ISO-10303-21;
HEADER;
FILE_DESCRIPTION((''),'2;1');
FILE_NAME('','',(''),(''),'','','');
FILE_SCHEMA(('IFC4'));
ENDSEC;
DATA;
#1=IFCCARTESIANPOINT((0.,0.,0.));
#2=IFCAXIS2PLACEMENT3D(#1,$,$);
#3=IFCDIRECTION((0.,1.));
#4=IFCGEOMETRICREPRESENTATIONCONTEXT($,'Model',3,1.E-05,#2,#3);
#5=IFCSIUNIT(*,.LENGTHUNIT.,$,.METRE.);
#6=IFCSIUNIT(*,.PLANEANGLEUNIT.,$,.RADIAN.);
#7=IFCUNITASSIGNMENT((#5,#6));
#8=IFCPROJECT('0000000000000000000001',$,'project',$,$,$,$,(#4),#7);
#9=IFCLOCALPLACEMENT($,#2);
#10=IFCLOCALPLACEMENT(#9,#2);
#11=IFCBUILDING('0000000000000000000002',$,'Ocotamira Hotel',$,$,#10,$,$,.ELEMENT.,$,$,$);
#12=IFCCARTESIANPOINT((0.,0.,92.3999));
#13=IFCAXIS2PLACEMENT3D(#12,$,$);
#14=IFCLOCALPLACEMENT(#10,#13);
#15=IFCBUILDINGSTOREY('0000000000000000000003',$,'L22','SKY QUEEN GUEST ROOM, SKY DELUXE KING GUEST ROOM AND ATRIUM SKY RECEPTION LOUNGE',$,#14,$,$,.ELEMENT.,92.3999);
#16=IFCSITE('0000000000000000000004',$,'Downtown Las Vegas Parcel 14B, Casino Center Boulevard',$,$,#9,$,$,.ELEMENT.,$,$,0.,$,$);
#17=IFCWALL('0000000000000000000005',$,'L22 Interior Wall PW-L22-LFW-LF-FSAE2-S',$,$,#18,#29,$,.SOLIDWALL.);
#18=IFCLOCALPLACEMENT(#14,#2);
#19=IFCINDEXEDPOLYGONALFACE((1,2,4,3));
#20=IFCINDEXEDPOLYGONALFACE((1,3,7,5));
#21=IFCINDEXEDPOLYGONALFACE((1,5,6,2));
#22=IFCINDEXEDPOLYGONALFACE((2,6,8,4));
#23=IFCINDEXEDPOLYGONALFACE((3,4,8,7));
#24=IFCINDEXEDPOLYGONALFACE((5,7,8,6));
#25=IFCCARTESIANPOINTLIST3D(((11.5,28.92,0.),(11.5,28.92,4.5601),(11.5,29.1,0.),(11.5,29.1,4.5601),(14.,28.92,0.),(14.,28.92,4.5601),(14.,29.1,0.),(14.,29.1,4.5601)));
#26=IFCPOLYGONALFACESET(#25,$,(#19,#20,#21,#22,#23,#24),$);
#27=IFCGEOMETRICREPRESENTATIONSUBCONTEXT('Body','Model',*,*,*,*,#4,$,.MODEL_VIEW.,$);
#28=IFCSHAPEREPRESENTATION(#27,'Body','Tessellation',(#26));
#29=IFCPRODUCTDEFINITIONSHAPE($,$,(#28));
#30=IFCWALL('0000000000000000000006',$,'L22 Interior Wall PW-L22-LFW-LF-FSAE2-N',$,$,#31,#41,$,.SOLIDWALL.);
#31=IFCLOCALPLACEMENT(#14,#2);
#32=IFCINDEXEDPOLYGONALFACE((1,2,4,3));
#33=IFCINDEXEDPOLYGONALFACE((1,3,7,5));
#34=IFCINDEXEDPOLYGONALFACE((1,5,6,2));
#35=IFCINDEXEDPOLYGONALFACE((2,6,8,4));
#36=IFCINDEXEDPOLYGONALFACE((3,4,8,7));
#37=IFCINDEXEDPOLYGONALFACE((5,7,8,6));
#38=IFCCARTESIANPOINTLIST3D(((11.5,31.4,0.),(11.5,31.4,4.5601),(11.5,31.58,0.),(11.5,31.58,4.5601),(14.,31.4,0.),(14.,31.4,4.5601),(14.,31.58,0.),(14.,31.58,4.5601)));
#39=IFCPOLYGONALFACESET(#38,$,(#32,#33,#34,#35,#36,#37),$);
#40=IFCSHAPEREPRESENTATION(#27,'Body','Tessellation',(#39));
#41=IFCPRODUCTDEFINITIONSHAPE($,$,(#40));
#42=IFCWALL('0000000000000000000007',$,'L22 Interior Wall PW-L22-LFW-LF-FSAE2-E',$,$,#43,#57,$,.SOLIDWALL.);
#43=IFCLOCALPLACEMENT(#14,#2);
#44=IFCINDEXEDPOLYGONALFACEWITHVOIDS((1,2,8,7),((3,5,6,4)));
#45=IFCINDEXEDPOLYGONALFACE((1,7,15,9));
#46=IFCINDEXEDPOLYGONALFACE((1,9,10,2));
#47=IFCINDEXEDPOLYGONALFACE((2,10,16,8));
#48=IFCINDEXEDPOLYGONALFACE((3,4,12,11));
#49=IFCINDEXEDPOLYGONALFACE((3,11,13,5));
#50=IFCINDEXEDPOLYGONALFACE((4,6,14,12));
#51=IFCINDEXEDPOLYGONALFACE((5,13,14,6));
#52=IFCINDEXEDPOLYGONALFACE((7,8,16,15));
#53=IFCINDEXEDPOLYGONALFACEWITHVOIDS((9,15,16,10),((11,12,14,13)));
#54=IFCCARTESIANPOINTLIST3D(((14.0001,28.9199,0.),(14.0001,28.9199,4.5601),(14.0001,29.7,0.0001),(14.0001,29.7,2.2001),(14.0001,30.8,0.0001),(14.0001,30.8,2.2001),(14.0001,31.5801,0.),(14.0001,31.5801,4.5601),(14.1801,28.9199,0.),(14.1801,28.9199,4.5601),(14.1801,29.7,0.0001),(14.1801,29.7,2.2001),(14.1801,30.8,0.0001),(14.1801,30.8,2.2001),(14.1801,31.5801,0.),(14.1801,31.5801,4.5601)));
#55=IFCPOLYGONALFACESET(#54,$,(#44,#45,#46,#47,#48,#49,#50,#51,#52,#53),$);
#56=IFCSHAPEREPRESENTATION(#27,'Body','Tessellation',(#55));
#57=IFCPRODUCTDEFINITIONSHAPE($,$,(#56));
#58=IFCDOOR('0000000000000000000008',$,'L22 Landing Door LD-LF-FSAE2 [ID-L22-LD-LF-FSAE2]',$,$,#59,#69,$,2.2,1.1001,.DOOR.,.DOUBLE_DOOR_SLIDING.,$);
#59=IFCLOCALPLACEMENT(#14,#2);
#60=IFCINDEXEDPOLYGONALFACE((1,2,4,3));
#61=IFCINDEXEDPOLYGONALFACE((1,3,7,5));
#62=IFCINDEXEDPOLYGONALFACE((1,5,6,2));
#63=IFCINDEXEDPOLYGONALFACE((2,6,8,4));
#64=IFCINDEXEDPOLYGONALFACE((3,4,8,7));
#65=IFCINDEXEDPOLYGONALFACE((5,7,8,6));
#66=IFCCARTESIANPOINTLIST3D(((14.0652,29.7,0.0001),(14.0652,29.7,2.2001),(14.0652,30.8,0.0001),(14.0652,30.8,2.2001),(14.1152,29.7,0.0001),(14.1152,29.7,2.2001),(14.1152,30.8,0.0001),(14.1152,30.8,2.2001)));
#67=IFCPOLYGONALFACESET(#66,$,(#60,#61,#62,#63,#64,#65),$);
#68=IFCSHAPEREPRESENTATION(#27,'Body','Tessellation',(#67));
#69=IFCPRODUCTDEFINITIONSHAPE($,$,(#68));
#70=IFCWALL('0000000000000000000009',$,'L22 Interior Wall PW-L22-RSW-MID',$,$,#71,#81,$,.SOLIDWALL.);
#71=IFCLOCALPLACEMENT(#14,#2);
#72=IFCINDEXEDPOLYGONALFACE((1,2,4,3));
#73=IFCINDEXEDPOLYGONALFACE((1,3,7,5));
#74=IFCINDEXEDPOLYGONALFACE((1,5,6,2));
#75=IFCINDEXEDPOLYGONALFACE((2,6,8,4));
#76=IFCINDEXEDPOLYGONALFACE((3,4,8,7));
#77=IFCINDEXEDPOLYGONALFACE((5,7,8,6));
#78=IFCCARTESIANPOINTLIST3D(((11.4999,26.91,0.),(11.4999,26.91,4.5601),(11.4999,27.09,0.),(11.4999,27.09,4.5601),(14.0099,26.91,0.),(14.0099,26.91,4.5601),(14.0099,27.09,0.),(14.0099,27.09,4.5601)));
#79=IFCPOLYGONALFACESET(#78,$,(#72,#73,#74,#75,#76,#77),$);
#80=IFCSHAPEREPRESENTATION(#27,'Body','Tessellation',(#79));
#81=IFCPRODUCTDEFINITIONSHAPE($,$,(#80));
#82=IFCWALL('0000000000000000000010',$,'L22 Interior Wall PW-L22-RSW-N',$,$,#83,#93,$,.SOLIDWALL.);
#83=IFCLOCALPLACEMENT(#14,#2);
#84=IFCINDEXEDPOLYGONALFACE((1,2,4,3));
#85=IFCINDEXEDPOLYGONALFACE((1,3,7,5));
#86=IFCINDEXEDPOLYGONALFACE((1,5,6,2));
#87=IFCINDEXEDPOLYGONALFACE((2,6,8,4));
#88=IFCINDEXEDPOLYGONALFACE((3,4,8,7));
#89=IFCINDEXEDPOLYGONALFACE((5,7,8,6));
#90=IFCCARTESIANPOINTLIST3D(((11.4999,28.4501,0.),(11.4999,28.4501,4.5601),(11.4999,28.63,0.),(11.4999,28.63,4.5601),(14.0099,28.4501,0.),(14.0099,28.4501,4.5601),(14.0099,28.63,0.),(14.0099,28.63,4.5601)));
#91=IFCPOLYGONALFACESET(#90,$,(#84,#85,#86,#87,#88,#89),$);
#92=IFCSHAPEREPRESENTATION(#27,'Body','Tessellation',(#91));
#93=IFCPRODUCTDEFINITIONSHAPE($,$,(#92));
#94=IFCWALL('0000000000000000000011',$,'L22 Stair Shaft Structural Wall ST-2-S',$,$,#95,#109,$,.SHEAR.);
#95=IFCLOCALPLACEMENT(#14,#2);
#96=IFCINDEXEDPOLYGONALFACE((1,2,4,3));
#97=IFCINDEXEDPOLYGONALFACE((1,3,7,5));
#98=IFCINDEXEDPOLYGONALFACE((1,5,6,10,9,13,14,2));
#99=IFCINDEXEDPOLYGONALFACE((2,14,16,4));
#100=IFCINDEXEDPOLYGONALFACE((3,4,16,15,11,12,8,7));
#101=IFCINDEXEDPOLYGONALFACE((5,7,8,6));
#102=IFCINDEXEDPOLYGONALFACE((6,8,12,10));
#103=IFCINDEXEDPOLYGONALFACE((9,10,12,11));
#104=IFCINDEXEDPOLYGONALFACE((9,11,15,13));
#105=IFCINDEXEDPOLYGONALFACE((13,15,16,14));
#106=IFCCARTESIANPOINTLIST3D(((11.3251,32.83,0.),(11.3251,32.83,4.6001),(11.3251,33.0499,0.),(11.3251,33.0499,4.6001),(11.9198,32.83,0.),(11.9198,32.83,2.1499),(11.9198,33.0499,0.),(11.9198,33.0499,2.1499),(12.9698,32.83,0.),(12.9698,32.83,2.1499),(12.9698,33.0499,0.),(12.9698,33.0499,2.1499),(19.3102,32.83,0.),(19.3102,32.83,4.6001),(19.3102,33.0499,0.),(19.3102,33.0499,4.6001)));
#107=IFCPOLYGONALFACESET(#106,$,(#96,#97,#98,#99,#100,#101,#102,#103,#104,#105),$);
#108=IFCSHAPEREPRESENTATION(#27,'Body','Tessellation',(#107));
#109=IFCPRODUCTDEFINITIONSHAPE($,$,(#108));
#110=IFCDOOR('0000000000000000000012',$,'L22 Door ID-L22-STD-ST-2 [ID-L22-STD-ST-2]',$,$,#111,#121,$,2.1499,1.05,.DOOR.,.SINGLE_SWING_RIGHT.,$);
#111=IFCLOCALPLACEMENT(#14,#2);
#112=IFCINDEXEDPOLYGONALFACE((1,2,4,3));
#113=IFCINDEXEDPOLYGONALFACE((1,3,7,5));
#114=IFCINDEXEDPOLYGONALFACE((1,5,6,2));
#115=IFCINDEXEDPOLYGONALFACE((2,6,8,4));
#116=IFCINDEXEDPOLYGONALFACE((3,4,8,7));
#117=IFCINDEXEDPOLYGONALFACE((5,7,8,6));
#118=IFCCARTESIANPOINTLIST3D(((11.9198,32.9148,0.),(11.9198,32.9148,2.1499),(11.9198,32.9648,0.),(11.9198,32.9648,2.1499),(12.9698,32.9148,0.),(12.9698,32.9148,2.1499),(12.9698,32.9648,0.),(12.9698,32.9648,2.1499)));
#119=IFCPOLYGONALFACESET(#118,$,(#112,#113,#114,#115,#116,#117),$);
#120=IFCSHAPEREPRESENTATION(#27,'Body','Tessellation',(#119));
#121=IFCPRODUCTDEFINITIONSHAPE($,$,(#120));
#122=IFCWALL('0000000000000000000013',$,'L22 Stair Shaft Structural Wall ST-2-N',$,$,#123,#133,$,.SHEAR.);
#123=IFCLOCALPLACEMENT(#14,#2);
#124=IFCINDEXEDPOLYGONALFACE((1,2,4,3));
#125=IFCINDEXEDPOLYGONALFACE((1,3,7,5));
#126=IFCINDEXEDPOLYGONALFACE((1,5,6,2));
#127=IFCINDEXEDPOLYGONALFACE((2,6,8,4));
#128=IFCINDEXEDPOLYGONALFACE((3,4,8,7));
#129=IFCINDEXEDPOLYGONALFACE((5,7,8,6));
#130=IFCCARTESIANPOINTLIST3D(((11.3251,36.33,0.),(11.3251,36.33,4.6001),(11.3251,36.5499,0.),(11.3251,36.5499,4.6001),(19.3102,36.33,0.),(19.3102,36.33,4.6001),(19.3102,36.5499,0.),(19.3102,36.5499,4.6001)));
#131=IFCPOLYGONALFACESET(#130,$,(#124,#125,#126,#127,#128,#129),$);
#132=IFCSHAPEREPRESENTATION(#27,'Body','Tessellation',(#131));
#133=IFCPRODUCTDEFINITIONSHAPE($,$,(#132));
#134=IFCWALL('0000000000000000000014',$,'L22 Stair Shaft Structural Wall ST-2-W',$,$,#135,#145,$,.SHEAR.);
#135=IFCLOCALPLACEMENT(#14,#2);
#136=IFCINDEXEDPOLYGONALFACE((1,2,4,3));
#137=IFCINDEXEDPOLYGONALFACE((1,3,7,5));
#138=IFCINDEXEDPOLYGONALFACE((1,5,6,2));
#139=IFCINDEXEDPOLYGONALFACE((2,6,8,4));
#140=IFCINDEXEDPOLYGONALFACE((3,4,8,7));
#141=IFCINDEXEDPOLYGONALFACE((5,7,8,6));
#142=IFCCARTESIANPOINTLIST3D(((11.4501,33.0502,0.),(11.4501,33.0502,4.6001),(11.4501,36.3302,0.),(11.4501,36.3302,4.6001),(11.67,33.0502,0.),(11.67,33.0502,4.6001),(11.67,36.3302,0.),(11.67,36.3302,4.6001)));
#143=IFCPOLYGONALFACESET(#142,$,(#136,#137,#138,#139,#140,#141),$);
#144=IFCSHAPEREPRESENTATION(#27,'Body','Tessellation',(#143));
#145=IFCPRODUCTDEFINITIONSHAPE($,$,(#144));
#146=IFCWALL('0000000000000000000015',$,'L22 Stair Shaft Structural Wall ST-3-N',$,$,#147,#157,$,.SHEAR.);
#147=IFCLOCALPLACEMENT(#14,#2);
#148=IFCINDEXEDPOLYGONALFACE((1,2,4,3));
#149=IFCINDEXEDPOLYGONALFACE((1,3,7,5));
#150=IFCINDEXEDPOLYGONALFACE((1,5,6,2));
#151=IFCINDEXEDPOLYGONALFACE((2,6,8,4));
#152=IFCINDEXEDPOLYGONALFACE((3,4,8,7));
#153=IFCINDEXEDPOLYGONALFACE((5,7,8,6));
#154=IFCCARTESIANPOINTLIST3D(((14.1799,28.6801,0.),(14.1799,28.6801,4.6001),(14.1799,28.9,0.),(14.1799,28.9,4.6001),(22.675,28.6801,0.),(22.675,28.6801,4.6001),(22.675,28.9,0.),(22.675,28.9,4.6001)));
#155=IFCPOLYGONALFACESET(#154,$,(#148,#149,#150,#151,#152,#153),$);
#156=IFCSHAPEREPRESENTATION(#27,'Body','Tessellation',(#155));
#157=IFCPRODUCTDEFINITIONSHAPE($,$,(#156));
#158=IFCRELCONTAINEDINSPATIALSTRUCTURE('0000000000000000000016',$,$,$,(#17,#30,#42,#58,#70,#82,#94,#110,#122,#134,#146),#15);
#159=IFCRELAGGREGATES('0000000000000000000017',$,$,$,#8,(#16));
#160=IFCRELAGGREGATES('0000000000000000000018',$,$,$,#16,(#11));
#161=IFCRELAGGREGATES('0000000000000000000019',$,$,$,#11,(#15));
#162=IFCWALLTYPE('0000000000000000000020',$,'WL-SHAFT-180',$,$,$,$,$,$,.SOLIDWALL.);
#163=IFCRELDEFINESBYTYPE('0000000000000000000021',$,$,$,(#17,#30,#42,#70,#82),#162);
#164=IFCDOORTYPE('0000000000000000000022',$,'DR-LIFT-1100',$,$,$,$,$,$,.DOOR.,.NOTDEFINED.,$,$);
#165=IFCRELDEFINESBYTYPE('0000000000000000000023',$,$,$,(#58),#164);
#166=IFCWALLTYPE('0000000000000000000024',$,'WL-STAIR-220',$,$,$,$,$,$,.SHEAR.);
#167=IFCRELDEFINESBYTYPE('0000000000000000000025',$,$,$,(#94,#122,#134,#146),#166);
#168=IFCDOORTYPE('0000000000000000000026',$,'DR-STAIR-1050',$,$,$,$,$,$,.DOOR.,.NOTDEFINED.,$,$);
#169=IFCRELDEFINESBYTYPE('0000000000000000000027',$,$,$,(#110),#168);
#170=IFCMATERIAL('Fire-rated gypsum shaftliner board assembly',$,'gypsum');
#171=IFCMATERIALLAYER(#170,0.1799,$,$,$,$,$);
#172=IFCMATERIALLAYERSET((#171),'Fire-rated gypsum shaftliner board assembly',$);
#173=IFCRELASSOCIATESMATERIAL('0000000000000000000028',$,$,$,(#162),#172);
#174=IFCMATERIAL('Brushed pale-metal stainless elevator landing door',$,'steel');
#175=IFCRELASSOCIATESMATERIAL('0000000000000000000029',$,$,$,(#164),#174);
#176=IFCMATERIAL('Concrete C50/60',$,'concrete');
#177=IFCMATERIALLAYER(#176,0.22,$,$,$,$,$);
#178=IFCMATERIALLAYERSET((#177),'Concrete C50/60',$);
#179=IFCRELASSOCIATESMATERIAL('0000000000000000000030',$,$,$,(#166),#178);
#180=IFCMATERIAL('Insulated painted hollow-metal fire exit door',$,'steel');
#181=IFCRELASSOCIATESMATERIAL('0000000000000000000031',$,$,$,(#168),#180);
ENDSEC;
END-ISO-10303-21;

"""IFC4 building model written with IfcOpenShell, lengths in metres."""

from ifc_helpers import new_model, si_unit, direction, frame, frame_2d, origin, place, context, subcontext, project, spatial, rectangle, extrude, source, transform, mapped, material, layer, layer_set, type_object, element, fill, save


model = new_model("IFC4")

# Units and contexts
model_context = context("Model", 3, precision=1e-05, world=origin(), true_north=direction((0.0, 1.0)))
body_context = subcontext(model_context, "Body", "Model", "MODEL_VIEW")
ifc_project = project(units=[si_unit("LENGTHUNIT", "METRE"), si_unit("PLANEANGLEUNIT", "RADIAN")], contexts=[model_context])

# Site, building, storey
site_placement = place(None, origin())
site = spatial("IfcSite", under=ifc_project, at=site_placement, Name="Downtown Las Vegas Parcel 14B, Casino Center Boulevard", CompositionType="ELEMENT", RefElevation=0.0)
building_placement = place(site_placement, origin())
building = spatial("IfcBuilding", under=site, at=building_placement, Name="Ocotamira Hotel", CompositionType="ELEMENT")
storey_placement = place(building_placement, frame((0.0, 0.0, 92.3999)))
storey = spatial("IfcBuildingStorey", under=building, at=storey_placement, Name="L22", Description="SKY QUEEN GUEST ROOM, SKY DELUXE KING GUEST ROOM AND ATRIUM SKY RECEPTION LOUNGE", CompositionType="ELEMENT", Elevation=92.3999)

# Walls
ifc_material_1 = material(Name="Fire-rated gypsum shaftliner board assembly", Category="gypsum")
ifc_layer_1 = layer(ifc_material_1, 0.1799)
ifc_layer_set_1 = layer_set([ifc_layer_1], Name="Fire-rated gypsum shaftliner board assembly")
wall_type_1 = type_object("IfcWallType", Name="WL-SHAFT-180", PredefinedType="SOLIDWALL", material=ifc_layer_set_1)
for number, where, z_axis, x_axis, name in (
    (1, (11.5, 29.01, 0.0), (0.0, 0.0, 1.0), (1.0, 0.0, 0.0), "L22 Interior Wall PW-L22-LFW-LF-FSAE2-S"),
    (2, (11.5, 31.49, 0.0), (0.0, 0.0, 1.0), (1.0, 0.0, 0.0), "L22 Interior Wall PW-L22-LFW-LF-FSAE2-N"),
):
    element("IfcWall", number, at=place(storey_placement, frame(where, z_axis=z_axis, x_axis=x_axis)), inside=storey, type_object=wall_type_1, Name=name, PredefinedType="SOLIDWALL", context=body_context, shape_type="SweptSolid", body=[
        extrude(rectangle(XDim=2.5, YDim=0.1799, at=frame_2d((1.25, 0.0))), origin(), (0.0, 0.0, 1.0), 4.5601),
    ])

# Wall, opening, door
wall_1_placement = place(storey_placement, frame((14.0901, 28.9199, 0.0), z_axis=(0.0, 0.0, 1.0), x_axis=(0.0, 1.0, 0.0)))
wall_1 = element("IfcWall", 3, at=wall_1_placement, inside=storey, type_object=wall_type_1, Name="L22 Interior Wall PW-L22-LFW-LF-FSAE2-E", PredefinedType="SOLIDWALL", context=body_context, shape_type="SweptSolid", body=[
    extrude(rectangle(XDim=2.6602, YDim=0.1799, at=frame_2d((1.3301, 0.0))), origin(), (0.0, 0.0, 1.0), 4.5601),
])
opening_1_placement = place(wall_1_placement, frame((0.78, 0.0, 0.0)))
opening_1 = element("IfcOpeningElement", 4, at=opening_1_placement, cuts=wall_1, PredefinedType="OPENING", context=body_context, shape_type="SweptSolid", body=[
    extrude(rectangle(XDim=1.1001, YDim=2.2, at=frame_2d((0.55, 1.1001))), frame((0.0, 0.1001, 0.0), z_axis=(0.0, -1.0, 0.0), x_axis=(1.0, 0.0, 0.0)), (0.0, 0.0, 1.0), 0.2),
])
ifc_material_2 = material(Name="Brushed pale-metal stainless elevator landing door", Category="steel")
door_type_1 = type_object("IfcDoorType", Name="DR-LIFT-1100", OperationType="NOTDEFINED", PredefinedType="DOOR", material=ifc_material_2)
shared_shape_1 = source(origin(), body_context, "Body", "SweptSolid", [
    extrude(rectangle(XDim=1.1001, YDim=2.2, at=frame_2d((0.55, 1.1001))), frame((0.0, 0.0249, 0.0), z_axis=(0.0, -1.0, 0.0), x_axis=(1.0, 0.0, 0.0)), (0.0, 0.0, 1.0), 0.05),
])
door_1_placement = place(opening_1_placement, origin())
door_1 = element("IfcDoor", 5, at=door_1_placement, inside=storey, type_object=door_type_1, Name="L22 Landing Door LD-LF-FSAE2 [ID-L22-LD-LF-FSAE2]", OperationType="DOUBLE_DOOR_SLIDING", OverallHeight=2.2, OverallWidth=1.1001, PredefinedType="DOOR", context=body_context, shape_type="MappedRepresentation", body=[
    mapped(shared_shape_1, transform((0.0, 0.0, 0.0), scale=1.0)),
])
fill(opening_1, door_1)

# Walls
for number, where, z_axis, x_axis, name in (
    (6, (11.5, 27.0, 0.0), (0.0, 0.0, 1.0), (1.0, 0.0, 0.0), "L22 Interior Wall PW-L22-RSW-MID"),
    (7, (11.5, 28.54, 0.0), (0.0, 0.0, 1.0), (1.0, 0.0, 0.0), "L22 Interior Wall PW-L22-RSW-N"),
):
    element("IfcWall", number, at=place(storey_placement, frame(where, z_axis=z_axis, x_axis=x_axis)), inside=storey, type_object=wall_type_1, Name=name, PredefinedType="SOLIDWALL", context=body_context, shape_type="SweptSolid", body=[
        extrude(rectangle(XDim=2.51, YDim=0.1799, at=frame_2d((1.2549, 0.0))), origin(), (0.0, 0.0, 1.0), 4.5601),
    ])

# Wall, opening, door
ifc_material_3 = material(Name="Concrete C50/60", Category="concrete")
ifc_layer_2 = layer(ifc_material_3, 0.22)
ifc_layer_set_2 = layer_set([ifc_layer_2], Name="Concrete C50/60")
wall_type_2 = type_object("IfcWallType", Name="WL-STAIR-220", PredefinedType="SHEAR", material=ifc_layer_set_2)
wall_2_placement = place(storey_placement, frame((11.325, 32.9399, 0.0), z_axis=(0.0, 0.0, 1.0), x_axis=(1.0, 0.0, 0.0)))
wall_2 = element("IfcWall", 8, at=wall_2_placement, inside=storey, type_object=wall_type_2, Name="L22 Stair Shaft Structural Wall ST-2-S", PredefinedType="SHEAR", context=body_context, shape_type="SweptSolid", body=[
    extrude(rectangle(XDim=7.9851, YDim=0.22, at=frame_2d((3.9927, 0.0))), origin(), (0.0, 0.0, 1.0), 4.6001),
])
opening_2_placement = place(wall_2_placement, frame((0.595, 0.0, 0.0)))
opening_2 = element("IfcOpeningElement", 9, at=opening_2_placement, cuts=wall_2, PredefinedType="OPENING", context=body_context, shape_type="SweptSolid", body=[
    extrude(rectangle(XDim=1.05, YDim=2.1499, at=frame_2d((0.5249, 1.075))), frame((0.0, 0.1201, 0.0), z_axis=(0.0, -1.0, 0.0), x_axis=(1.0, 0.0, 0.0)), (0.0, 0.0, 1.0), 0.24),
])
ifc_material_4 = material(Name="Insulated painted hollow-metal fire exit door", Category="steel")
door_type_2 = type_object("IfcDoorType", Name="DR-STAIR-1050", OperationType="NOTDEFINED", PredefinedType="DOOR", material=ifc_material_4)
shared_shape_2 = source(origin(), body_context, "Body", "SweptSolid", [
    extrude(rectangle(XDim=1.05, YDim=2.1499, at=frame_2d((0.5249, 1.075))), frame((0.0, 0.0249, 0.0), z_axis=(0.0, -1.0, 0.0), x_axis=(1.0, 0.0, 0.0)), (0.0, 0.0, 1.0), 0.05),
])
door_2_placement = place(opening_2_placement, origin())
door_2 = element("IfcDoor", 10, at=door_2_placement, inside=storey, type_object=door_type_2, Name="L22 Door ID-L22-STD-ST-2 [ID-L22-STD-ST-2]", OperationType="SINGLE_SWING_RIGHT", OverallHeight=2.1499, OverallWidth=1.05, PredefinedType="DOOR", context=body_context, shape_type="MappedRepresentation", body=[
    mapped(shared_shape_2, transform((0.0, 0.0, 0.0), scale=1.0)),
])
fill(opening_2, door_2)

# Walls
wall_3_placement = place(storey_placement, frame((11.325, 36.4399, 0.0), z_axis=(0.0, 0.0, 1.0), x_axis=(1.0, 0.0, 0.0)))
element("IfcWall", 11, at=wall_3_placement, inside=storey, type_object=wall_type_2, Name="L22 Stair Shaft Structural Wall ST-2-N", PredefinedType="SHEAR", context=body_context, shape_type="SweptSolid", body=[
    extrude(rectangle(XDim=7.9851, YDim=0.22, at=frame_2d((3.9927, 0.0))), origin(), (0.0, 0.0, 1.0), 4.6001),
])
wall_4_placement = place(storey_placement, frame((11.5601, 33.05, 0.0), z_axis=(0.0, 0.0, 1.0), x_axis=(0.0, 1.0, 0.0)))
element("IfcWall", 12, at=wall_4_placement, inside=storey, type_object=wall_type_2, Name="L22 Stair Shaft Structural Wall ST-2-W", PredefinedType="SHEAR", context=body_context, shape_type="SweptSolid", body=[
    extrude(rectangle(XDim=3.28, YDim=0.22, at=frame_2d((1.6401, 0.0))), origin(), (0.0, 0.0, 1.0), 4.6001),
])
wall_5_placement = place(storey_placement, frame((14.1799, 28.79, 0.0), z_axis=(0.0, 0.0, 1.0), x_axis=(1.0, 0.0, 0.0)))
element("IfcWall", 13, at=wall_5_placement, inside=storey, type_object=wall_type_2, Name="L22 Stair Shaft Structural Wall ST-3-N", PredefinedType="SHEAR", context=body_context, shape_type="SweptSolid", body=[
    extrude(rectangle(XDim=8.4951, YDim=0.22, at=frame_2d((4.2476, 0.0))), origin(), (0.0, 0.0, 1.0), 4.6001),
])

save(model, "model.ifc")
